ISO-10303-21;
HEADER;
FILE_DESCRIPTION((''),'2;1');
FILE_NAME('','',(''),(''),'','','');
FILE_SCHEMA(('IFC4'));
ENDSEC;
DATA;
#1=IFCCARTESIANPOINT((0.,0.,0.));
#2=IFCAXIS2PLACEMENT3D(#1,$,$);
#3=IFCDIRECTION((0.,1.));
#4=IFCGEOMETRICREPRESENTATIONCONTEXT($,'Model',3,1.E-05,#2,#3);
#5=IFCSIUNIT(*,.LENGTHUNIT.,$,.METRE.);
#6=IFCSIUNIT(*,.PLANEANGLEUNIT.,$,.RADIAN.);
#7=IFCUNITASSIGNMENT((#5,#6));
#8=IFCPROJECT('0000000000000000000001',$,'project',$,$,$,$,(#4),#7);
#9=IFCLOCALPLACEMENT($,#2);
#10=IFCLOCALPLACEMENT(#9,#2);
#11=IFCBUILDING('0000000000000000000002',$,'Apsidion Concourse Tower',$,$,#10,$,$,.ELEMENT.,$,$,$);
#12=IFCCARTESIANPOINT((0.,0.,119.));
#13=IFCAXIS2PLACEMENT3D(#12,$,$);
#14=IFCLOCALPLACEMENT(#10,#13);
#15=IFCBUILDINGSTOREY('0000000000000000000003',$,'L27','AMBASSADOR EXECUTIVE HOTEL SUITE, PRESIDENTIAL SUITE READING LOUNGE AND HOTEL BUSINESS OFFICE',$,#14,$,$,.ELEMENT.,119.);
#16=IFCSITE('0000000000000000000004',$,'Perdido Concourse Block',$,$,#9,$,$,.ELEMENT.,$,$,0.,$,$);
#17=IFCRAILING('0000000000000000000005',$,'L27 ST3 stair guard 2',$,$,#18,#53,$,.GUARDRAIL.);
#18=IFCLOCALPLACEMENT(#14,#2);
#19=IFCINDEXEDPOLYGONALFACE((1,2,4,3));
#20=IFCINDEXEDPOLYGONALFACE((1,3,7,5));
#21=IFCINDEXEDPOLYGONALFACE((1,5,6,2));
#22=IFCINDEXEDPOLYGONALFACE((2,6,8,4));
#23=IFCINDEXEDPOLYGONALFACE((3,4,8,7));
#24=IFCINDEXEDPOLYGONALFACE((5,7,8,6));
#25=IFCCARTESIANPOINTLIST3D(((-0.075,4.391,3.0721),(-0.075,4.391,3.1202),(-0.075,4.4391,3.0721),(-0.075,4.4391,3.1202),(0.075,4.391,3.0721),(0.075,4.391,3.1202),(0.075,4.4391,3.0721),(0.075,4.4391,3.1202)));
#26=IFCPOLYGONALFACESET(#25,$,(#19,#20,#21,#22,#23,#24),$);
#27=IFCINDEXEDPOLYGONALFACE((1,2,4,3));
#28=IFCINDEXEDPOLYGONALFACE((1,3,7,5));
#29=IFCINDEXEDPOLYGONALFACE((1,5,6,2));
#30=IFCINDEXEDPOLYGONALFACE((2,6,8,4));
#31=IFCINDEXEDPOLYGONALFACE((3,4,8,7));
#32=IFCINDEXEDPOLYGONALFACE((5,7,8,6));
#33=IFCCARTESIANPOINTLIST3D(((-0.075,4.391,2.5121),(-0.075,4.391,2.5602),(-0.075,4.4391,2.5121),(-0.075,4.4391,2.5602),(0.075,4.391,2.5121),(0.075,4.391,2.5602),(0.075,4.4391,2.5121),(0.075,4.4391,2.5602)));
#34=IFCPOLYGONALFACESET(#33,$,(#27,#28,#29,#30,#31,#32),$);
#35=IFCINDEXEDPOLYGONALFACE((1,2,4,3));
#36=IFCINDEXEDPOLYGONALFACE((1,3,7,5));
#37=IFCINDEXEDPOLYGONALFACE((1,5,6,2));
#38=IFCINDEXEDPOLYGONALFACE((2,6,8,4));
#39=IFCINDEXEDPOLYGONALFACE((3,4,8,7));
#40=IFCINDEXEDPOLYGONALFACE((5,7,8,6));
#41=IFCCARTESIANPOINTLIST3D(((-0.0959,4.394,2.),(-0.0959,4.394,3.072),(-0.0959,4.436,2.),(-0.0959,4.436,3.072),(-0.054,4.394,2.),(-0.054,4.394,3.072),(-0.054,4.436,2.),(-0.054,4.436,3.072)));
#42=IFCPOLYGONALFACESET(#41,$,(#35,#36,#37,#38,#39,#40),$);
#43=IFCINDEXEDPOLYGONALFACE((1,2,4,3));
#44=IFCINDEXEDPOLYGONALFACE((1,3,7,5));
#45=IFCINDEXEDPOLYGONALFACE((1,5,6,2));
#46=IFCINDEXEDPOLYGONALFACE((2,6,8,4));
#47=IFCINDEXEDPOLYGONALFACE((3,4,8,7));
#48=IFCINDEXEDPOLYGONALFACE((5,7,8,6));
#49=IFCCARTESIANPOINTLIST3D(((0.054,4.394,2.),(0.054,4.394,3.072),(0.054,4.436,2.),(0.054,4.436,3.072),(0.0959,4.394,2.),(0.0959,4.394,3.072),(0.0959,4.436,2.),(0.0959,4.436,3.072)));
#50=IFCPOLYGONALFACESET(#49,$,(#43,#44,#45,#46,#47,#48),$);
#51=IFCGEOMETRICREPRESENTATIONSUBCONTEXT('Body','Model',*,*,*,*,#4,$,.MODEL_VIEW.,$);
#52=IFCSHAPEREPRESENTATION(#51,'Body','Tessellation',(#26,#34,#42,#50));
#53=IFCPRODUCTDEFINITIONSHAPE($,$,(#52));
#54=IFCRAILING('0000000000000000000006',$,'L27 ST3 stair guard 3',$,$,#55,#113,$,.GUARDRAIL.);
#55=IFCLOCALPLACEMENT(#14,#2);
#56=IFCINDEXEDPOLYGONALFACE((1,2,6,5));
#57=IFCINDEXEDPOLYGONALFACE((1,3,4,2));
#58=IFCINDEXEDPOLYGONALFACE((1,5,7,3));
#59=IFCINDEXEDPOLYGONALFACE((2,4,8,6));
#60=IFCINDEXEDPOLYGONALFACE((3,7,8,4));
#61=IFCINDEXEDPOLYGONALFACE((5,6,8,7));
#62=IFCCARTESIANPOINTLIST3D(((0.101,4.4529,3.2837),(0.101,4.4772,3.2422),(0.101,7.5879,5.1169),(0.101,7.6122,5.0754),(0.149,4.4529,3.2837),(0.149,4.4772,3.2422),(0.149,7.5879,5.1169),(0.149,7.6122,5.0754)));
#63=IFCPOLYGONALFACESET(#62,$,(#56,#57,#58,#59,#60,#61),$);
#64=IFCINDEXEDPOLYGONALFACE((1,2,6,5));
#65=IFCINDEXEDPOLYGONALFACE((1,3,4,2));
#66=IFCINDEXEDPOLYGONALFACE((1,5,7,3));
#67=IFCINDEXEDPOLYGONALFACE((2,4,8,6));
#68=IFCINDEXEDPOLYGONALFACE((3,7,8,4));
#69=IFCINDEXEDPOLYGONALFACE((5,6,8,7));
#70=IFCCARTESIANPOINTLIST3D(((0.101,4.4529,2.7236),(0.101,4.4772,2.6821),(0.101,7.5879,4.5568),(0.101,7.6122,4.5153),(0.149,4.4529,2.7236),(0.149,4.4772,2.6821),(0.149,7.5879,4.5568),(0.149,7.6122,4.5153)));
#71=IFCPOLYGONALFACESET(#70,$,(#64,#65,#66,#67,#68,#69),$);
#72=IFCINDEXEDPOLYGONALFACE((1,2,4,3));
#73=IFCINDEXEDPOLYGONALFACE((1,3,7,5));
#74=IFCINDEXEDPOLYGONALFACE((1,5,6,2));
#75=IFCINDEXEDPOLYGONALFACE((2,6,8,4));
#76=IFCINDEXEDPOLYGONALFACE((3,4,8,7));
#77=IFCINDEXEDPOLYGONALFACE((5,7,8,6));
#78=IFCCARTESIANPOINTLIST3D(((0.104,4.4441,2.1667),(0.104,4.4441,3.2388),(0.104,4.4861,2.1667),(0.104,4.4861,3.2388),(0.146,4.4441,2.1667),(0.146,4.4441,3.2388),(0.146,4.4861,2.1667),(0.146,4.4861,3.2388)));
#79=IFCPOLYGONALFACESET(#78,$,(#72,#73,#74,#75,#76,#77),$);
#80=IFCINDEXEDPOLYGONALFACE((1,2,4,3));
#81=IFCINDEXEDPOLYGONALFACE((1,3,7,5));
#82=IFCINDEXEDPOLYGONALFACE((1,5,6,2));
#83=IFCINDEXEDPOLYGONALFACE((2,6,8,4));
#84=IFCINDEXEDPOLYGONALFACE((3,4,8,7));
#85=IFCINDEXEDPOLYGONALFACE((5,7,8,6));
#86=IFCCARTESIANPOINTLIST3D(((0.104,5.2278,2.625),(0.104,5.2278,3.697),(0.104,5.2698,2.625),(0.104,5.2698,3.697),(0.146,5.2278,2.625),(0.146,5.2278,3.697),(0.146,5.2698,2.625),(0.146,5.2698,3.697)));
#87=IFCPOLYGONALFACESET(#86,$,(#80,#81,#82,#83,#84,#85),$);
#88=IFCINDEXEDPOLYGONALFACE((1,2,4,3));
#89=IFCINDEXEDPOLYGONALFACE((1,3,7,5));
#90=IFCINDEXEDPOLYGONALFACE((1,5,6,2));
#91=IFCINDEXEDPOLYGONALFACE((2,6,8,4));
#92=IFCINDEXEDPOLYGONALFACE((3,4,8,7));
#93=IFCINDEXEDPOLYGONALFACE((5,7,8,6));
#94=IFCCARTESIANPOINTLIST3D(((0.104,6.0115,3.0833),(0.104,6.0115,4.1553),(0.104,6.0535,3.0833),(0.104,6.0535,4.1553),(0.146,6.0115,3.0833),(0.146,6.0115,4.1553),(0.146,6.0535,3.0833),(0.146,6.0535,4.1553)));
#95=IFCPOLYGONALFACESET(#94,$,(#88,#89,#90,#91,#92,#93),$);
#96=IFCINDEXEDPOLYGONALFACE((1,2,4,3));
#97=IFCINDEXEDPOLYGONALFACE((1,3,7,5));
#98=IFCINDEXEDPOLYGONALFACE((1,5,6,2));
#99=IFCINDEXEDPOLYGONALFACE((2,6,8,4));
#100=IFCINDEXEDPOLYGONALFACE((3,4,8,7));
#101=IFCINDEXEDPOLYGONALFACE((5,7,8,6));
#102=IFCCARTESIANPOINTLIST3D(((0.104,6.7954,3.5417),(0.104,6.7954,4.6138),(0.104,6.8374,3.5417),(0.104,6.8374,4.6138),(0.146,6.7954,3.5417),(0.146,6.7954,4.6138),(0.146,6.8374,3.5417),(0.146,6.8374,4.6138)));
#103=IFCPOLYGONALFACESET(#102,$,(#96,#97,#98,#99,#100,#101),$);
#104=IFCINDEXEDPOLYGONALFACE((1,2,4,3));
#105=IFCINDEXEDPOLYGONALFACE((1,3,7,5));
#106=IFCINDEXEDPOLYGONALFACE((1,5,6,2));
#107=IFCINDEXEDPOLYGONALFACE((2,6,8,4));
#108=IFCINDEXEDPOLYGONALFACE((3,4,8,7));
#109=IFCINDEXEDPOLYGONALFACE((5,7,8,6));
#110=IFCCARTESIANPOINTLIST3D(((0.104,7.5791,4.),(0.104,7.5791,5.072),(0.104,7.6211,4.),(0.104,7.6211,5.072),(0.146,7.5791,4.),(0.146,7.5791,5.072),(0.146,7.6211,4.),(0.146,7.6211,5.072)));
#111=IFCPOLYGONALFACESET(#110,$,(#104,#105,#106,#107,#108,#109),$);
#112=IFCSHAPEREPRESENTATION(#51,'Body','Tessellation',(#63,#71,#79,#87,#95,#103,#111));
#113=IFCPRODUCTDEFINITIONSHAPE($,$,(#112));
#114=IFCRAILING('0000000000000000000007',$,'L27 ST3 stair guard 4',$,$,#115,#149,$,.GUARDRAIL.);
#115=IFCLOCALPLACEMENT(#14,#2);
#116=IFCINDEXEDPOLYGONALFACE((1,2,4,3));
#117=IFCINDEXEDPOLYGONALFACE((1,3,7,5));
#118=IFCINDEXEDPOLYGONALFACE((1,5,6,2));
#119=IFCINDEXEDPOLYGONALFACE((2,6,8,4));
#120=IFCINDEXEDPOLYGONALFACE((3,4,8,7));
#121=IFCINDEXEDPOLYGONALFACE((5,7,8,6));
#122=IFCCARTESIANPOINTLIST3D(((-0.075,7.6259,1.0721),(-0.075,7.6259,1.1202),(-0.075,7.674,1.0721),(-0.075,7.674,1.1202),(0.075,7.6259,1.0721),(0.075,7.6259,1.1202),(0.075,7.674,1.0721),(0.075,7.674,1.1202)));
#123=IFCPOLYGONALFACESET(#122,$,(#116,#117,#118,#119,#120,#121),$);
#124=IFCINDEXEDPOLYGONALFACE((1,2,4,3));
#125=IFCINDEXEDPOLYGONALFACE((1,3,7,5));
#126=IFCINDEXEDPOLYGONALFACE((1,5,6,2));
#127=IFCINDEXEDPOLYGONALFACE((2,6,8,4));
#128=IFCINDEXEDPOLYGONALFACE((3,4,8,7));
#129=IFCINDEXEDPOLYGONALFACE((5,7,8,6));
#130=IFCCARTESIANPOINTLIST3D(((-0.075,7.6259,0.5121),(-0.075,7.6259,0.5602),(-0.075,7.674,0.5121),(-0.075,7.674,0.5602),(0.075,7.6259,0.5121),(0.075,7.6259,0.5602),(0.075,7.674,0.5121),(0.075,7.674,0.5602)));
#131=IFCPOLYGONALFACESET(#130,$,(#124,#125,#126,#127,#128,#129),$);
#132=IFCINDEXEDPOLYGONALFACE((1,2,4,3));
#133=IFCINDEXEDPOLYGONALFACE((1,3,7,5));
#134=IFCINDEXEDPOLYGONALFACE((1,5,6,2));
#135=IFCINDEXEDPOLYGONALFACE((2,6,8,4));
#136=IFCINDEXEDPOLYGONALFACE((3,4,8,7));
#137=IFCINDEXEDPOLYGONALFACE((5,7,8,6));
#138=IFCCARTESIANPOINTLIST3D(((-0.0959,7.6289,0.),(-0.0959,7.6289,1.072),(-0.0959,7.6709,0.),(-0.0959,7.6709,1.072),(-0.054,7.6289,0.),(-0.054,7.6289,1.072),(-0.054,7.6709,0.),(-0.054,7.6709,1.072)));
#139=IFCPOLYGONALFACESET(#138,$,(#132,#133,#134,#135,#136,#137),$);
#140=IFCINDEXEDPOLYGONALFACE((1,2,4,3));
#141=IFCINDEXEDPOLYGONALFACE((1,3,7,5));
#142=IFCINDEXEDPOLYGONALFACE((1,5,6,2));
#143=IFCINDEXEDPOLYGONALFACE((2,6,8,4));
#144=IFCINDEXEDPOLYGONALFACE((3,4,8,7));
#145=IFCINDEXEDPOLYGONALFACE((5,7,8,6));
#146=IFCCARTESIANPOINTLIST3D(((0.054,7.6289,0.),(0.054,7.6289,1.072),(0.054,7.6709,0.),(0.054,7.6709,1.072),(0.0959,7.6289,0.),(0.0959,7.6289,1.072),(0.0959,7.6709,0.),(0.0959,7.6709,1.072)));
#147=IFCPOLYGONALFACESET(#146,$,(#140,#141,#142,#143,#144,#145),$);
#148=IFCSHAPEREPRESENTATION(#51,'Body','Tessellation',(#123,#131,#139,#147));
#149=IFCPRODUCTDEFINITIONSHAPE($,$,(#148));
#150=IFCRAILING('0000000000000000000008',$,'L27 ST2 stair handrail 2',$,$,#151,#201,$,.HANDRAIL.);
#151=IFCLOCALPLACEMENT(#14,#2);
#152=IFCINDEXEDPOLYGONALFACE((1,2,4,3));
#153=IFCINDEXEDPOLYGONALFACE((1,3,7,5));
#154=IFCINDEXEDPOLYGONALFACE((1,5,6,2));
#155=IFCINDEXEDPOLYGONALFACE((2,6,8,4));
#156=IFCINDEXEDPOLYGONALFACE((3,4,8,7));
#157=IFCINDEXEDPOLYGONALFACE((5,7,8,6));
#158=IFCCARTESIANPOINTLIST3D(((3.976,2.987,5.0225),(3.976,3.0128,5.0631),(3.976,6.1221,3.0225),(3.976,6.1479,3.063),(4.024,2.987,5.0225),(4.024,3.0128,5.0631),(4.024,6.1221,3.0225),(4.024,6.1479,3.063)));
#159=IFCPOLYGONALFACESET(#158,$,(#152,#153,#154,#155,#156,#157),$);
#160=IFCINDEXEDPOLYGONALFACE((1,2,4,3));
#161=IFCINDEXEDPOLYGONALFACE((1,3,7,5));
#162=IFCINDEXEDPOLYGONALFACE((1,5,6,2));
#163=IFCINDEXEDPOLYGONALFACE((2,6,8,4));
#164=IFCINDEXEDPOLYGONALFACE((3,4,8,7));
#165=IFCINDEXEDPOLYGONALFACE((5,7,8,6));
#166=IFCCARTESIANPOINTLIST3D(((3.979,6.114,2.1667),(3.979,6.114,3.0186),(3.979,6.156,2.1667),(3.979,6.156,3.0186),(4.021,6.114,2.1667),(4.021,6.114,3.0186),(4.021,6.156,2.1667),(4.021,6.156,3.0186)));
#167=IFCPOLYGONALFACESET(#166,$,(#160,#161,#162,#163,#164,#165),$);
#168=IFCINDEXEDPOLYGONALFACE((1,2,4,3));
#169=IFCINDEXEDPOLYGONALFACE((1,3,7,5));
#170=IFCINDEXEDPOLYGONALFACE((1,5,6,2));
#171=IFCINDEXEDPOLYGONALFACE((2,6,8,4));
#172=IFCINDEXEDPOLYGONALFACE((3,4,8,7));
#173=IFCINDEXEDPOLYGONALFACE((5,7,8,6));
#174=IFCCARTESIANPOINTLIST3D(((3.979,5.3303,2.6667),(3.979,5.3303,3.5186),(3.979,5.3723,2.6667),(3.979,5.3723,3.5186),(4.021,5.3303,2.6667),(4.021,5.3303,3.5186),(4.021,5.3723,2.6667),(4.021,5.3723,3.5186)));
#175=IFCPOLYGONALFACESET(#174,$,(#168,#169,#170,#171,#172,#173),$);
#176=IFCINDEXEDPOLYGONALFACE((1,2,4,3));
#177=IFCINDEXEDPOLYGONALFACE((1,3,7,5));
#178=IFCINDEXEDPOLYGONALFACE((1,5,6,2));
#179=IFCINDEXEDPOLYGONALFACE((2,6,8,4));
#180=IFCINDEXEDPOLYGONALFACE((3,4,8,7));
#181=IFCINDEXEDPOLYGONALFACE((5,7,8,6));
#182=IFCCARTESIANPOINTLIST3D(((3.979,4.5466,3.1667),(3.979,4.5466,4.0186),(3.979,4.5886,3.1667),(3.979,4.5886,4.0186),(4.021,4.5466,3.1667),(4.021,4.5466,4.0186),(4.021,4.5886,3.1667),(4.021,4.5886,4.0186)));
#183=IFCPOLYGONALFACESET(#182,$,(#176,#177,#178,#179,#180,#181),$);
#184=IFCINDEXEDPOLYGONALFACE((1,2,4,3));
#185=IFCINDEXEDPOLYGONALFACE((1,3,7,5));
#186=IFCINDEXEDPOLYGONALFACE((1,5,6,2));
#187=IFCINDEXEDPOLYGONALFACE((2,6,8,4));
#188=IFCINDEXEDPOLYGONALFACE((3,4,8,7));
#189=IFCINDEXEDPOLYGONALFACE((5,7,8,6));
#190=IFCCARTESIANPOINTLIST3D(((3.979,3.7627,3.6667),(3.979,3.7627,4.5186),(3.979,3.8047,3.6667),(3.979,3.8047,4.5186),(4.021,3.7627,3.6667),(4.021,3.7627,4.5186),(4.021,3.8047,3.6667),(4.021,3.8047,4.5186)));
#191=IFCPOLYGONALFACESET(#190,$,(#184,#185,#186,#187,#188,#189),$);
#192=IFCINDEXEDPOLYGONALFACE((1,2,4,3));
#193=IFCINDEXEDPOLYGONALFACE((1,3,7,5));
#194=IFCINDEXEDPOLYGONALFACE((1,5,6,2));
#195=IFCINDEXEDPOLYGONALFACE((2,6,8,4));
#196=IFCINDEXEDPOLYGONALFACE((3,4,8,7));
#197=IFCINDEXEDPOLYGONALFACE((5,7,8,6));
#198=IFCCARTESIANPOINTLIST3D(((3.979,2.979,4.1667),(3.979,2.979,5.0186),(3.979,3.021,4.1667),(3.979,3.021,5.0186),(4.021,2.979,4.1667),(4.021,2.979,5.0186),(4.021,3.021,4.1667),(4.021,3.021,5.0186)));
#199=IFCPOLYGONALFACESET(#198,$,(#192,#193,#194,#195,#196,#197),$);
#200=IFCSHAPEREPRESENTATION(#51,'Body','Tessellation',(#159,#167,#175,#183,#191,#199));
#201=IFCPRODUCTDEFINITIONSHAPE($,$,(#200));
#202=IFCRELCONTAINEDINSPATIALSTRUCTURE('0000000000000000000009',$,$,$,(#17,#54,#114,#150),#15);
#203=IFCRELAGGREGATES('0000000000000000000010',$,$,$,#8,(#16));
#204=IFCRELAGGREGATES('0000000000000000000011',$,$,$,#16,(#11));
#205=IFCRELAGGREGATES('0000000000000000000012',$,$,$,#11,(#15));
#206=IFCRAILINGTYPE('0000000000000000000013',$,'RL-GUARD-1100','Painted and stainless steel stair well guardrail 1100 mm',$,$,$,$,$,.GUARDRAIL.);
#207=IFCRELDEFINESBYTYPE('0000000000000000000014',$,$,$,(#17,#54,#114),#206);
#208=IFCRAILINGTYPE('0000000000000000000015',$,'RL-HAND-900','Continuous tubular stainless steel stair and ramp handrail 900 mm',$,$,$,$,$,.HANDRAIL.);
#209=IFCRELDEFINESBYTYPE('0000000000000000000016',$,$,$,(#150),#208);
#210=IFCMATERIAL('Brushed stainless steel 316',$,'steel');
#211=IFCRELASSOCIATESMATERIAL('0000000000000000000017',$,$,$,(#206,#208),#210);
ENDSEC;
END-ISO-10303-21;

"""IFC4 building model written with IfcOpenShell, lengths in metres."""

from ifc_helpers import new_model, si_unit, direction, frame, origin, origin_2d, place, context, subcontext, project, spatial, rectangle, extrude, material, type_object, element, save


model = new_model("IFC4")

# Units and contexts
model_context = context("Model", 3, precision=1e-05, world=origin(), true_north=direction((0.0, 1.0)))
body_context = subcontext(model_context, "Body", "Model", "MODEL_VIEW")
ifc_project = project(units=[si_unit("LENGTHUNIT", "METRE"), si_unit("PLANEANGLEUNIT", "RADIAN")], contexts=[model_context])

# Site, building, storey
site_placement = place(None, origin())
site = spatial("IfcSite", under=ifc_project, at=site_placement, Name="Perdido Concourse Block", CompositionType="ELEMENT", RefElevation=0.0)
building_placement = place(site_placement, origin())
building = spatial("IfcBuilding", under=site, at=building_placement, Name="Apsidion Concourse Tower", CompositionType="ELEMENT")
storey_placement = place(building_placement, frame((0.0, 0.0, 119.0)))
storey = spatial("IfcBuildingStorey", under=building, at=storey_placement, Name="L27", Description="AMBASSADOR EXECUTIVE HOTEL SUITE, PRESIDENTIAL SUITE READING LOUNGE AND HOTEL BUSINESS OFFICE", CompositionType="ELEMENT", Elevation=119.0)

# Railings
ifc_material_1 = material(Name="Brushed stainless steel 316", Category="steel")
railing_type_1 = type_object("IfcRailingType", Name="RL-GUARD-1100", Description="Painted and stainless steel stair well guardrail 1100 mm", PredefinedType="GUARDRAIL", material=ifc_material_1)
railing_1_placement = place(storey_placement, frame((-0.075, 4.415, 2.0)))
element("IfcRailing", 1, at=railing_1_placement, inside=storey, type_object=railing_type_1, Name="L27 ST3 stair guard 2", PredefinedType="GUARDRAIL", context=body_context, shape_type="SweptSolid", body=[
    extrude(rectangle(XDim=0.0481, YDim=0.0481, at=origin_2d()), frame((0.0, 0.0, 1.0962), z_axis=(1.0, 0.0, 0.0), x_axis=(0.0, 1.0, 0.0)), (0.0, 0.0, 1.0), 0.1499),
    extrude(rectangle(XDim=0.0481, YDim=0.0481, at=origin_2d()), frame((0.0, 0.0, 0.5361), z_axis=(1.0, 0.0, 0.0), x_axis=(0.0, 1.0, 0.0)), (0.0, 0.0, 1.0), 0.1499),
    extrude(rectangle(XDim=0.042, YDim=0.042, at=origin_2d()), origin(), (0.0, 0.0, 1.0), 1.072),
    extrude(rectangle(XDim=0.042, YDim=0.042, at=origin_2d()), frame((0.1499, 0.0, 0.0)), (0.0, 0.0, 1.0), 1.072),
])
railing_2_placement = place(storey_placement, frame((0.125, 4.4651, 2.1667)))
element("IfcRailing", 2, at=railing_2_placement, inside=storey, type_object=railing_type_1, Name="L27 ST3 stair guard 3", PredefinedType="GUARDRAIL", context=body_context, shape_type="SweptSolid", body=[
    extrude(rectangle(XDim=0.0481, YDim=0.0481, at=origin_2d()), frame((0.0, 0.0, 1.0962), z_axis=(0.0, 0.86324, 0.504794), x_axis=(-1.0, 0.0, 0.0)), (0.0, 0.0, 1.0), 3.6316),
    extrude(rectangle(XDim=0.0481, YDim=0.0481, at=origin_2d()), frame((0.0, 0.0, 0.5361), z_axis=(0.0, 0.86324, 0.504794), x_axis=(-1.0, 0.0, 0.0)), (0.0, 0.0, 1.0), 3.6316),
    extrude(rectangle(XDim=0.042, YDim=0.042, at=origin_2d()), origin(), (0.0, 0.0, 1.0), 1.072),
    extrude(rectangle(XDim=0.042, YDim=0.042, at=origin_2d()), frame((0.0, 0.7837, 0.4583)), (0.0, 0.0, 1.0), 1.072),
    extrude(rectangle(XDim=0.042, YDim=0.042, at=origin_2d()), frame((0.0, 1.5674, 0.9165)), (0.0, 0.0, 1.0), 1.072),
    extrude(rectangle(XDim=0.042, YDim=0.042, at=origin_2d()), frame((0.0, 2.3513, 1.375)), (0.0, 0.0, 1.0), 1.072),
    extrude(rectangle(XDim=0.042, YDim=0.042, at=origin_2d()), frame((0.0, 3.135, 1.8333)), (0.0, 0.0, 1.0), 1.072),
])
railing_3_placement = place(storey_placement, frame((-0.075, 7.6499, 0.0)))
element("IfcRailing", 3, at=railing_3_placement, inside=storey, type_object=railing_type_1, Name="L27 ST3 stair guard 4", PredefinedType="GUARDRAIL", context=body_context, shape_type="SweptSolid", body=[
    extrude(rectangle(XDim=0.0481, YDim=0.0481, at=origin_2d()), frame((0.0, 0.0, 1.0962), z_axis=(1.0, 0.0, 0.0), x_axis=(0.0, 1.0, 0.0)), (0.0, 0.0, 1.0), 0.1499),
    extrude(rectangle(XDim=0.0481, YDim=0.0481, at=origin_2d()), frame((0.0, 0.0, 0.5361), z_axis=(1.0, 0.0, 0.0), x_axis=(0.0, 1.0, 0.0)), (0.0, 0.0, 1.0), 0.1499),
    extrude(rectangle(XDim=0.042, YDim=0.042, at=origin_2d()), origin(), (0.0, 0.0, 1.0), 1.072),
    extrude(rectangle(XDim=0.042, YDim=0.042, at=origin_2d()), frame((0.1499, 0.0, 0.0)), (0.0, 0.0, 1.0), 1.072),
])
railing_type_2 = type_object("IfcRailingType", Name="RL-HAND-900", Description="Continuous tubular stainless steel stair and ramp handrail 900 mm", PredefinedType="HANDRAIL", material=ifc_material_1)
railing_4_placement = place(storey_placement, frame((4.0, 6.135, 2.1667)))
element("IfcRailing", 4, at=railing_4_placement, inside=storey, type_object=railing_type_2, Name="L27 ST2 stair handrail 2", PredefinedType="HANDRAIL", context=body_context, shape_type="SweptSolid", body=[
    extrude(rectangle(XDim=0.0481, YDim=0.0481, at=origin_2d()), frame((0.0, 0.0, 0.876), z_axis=(0.0, -0.843053, 0.537831), x_axis=(1.0, 0.0, 0.0)), (0.0, 0.0, 1.0), 3.7188),
    extrude(rectangle(XDim=0.042, YDim=0.042, at=origin_2d()), origin(), (0.0, 0.0, 1.0), 0.8518),
    extrude(rectangle(XDim=0.042, YDim=0.042, at=origin_2d()), frame((0.0, -0.7837, 0.5)), (0.0, 0.0, 1.0), 0.8518),
    extrude(rectangle(XDim=0.042, YDim=0.042, at=origin_2d()), frame((0.0, -1.5674, 1.0)), (0.0, 0.0, 1.0), 0.8518),
    extrude(rectangle(XDim=0.042, YDim=0.042, at=origin_2d()), frame((0.0, -2.3513, 1.5)), (0.0, 0.0, 1.0), 0.8518),
    extrude(rectangle(XDim=0.042, YDim=0.042, at=origin_2d()), frame((0.0, -3.135, 2.0)), (0.0, 0.0, 1.0), 0.8518),
])

save(model, "model.ifc")
